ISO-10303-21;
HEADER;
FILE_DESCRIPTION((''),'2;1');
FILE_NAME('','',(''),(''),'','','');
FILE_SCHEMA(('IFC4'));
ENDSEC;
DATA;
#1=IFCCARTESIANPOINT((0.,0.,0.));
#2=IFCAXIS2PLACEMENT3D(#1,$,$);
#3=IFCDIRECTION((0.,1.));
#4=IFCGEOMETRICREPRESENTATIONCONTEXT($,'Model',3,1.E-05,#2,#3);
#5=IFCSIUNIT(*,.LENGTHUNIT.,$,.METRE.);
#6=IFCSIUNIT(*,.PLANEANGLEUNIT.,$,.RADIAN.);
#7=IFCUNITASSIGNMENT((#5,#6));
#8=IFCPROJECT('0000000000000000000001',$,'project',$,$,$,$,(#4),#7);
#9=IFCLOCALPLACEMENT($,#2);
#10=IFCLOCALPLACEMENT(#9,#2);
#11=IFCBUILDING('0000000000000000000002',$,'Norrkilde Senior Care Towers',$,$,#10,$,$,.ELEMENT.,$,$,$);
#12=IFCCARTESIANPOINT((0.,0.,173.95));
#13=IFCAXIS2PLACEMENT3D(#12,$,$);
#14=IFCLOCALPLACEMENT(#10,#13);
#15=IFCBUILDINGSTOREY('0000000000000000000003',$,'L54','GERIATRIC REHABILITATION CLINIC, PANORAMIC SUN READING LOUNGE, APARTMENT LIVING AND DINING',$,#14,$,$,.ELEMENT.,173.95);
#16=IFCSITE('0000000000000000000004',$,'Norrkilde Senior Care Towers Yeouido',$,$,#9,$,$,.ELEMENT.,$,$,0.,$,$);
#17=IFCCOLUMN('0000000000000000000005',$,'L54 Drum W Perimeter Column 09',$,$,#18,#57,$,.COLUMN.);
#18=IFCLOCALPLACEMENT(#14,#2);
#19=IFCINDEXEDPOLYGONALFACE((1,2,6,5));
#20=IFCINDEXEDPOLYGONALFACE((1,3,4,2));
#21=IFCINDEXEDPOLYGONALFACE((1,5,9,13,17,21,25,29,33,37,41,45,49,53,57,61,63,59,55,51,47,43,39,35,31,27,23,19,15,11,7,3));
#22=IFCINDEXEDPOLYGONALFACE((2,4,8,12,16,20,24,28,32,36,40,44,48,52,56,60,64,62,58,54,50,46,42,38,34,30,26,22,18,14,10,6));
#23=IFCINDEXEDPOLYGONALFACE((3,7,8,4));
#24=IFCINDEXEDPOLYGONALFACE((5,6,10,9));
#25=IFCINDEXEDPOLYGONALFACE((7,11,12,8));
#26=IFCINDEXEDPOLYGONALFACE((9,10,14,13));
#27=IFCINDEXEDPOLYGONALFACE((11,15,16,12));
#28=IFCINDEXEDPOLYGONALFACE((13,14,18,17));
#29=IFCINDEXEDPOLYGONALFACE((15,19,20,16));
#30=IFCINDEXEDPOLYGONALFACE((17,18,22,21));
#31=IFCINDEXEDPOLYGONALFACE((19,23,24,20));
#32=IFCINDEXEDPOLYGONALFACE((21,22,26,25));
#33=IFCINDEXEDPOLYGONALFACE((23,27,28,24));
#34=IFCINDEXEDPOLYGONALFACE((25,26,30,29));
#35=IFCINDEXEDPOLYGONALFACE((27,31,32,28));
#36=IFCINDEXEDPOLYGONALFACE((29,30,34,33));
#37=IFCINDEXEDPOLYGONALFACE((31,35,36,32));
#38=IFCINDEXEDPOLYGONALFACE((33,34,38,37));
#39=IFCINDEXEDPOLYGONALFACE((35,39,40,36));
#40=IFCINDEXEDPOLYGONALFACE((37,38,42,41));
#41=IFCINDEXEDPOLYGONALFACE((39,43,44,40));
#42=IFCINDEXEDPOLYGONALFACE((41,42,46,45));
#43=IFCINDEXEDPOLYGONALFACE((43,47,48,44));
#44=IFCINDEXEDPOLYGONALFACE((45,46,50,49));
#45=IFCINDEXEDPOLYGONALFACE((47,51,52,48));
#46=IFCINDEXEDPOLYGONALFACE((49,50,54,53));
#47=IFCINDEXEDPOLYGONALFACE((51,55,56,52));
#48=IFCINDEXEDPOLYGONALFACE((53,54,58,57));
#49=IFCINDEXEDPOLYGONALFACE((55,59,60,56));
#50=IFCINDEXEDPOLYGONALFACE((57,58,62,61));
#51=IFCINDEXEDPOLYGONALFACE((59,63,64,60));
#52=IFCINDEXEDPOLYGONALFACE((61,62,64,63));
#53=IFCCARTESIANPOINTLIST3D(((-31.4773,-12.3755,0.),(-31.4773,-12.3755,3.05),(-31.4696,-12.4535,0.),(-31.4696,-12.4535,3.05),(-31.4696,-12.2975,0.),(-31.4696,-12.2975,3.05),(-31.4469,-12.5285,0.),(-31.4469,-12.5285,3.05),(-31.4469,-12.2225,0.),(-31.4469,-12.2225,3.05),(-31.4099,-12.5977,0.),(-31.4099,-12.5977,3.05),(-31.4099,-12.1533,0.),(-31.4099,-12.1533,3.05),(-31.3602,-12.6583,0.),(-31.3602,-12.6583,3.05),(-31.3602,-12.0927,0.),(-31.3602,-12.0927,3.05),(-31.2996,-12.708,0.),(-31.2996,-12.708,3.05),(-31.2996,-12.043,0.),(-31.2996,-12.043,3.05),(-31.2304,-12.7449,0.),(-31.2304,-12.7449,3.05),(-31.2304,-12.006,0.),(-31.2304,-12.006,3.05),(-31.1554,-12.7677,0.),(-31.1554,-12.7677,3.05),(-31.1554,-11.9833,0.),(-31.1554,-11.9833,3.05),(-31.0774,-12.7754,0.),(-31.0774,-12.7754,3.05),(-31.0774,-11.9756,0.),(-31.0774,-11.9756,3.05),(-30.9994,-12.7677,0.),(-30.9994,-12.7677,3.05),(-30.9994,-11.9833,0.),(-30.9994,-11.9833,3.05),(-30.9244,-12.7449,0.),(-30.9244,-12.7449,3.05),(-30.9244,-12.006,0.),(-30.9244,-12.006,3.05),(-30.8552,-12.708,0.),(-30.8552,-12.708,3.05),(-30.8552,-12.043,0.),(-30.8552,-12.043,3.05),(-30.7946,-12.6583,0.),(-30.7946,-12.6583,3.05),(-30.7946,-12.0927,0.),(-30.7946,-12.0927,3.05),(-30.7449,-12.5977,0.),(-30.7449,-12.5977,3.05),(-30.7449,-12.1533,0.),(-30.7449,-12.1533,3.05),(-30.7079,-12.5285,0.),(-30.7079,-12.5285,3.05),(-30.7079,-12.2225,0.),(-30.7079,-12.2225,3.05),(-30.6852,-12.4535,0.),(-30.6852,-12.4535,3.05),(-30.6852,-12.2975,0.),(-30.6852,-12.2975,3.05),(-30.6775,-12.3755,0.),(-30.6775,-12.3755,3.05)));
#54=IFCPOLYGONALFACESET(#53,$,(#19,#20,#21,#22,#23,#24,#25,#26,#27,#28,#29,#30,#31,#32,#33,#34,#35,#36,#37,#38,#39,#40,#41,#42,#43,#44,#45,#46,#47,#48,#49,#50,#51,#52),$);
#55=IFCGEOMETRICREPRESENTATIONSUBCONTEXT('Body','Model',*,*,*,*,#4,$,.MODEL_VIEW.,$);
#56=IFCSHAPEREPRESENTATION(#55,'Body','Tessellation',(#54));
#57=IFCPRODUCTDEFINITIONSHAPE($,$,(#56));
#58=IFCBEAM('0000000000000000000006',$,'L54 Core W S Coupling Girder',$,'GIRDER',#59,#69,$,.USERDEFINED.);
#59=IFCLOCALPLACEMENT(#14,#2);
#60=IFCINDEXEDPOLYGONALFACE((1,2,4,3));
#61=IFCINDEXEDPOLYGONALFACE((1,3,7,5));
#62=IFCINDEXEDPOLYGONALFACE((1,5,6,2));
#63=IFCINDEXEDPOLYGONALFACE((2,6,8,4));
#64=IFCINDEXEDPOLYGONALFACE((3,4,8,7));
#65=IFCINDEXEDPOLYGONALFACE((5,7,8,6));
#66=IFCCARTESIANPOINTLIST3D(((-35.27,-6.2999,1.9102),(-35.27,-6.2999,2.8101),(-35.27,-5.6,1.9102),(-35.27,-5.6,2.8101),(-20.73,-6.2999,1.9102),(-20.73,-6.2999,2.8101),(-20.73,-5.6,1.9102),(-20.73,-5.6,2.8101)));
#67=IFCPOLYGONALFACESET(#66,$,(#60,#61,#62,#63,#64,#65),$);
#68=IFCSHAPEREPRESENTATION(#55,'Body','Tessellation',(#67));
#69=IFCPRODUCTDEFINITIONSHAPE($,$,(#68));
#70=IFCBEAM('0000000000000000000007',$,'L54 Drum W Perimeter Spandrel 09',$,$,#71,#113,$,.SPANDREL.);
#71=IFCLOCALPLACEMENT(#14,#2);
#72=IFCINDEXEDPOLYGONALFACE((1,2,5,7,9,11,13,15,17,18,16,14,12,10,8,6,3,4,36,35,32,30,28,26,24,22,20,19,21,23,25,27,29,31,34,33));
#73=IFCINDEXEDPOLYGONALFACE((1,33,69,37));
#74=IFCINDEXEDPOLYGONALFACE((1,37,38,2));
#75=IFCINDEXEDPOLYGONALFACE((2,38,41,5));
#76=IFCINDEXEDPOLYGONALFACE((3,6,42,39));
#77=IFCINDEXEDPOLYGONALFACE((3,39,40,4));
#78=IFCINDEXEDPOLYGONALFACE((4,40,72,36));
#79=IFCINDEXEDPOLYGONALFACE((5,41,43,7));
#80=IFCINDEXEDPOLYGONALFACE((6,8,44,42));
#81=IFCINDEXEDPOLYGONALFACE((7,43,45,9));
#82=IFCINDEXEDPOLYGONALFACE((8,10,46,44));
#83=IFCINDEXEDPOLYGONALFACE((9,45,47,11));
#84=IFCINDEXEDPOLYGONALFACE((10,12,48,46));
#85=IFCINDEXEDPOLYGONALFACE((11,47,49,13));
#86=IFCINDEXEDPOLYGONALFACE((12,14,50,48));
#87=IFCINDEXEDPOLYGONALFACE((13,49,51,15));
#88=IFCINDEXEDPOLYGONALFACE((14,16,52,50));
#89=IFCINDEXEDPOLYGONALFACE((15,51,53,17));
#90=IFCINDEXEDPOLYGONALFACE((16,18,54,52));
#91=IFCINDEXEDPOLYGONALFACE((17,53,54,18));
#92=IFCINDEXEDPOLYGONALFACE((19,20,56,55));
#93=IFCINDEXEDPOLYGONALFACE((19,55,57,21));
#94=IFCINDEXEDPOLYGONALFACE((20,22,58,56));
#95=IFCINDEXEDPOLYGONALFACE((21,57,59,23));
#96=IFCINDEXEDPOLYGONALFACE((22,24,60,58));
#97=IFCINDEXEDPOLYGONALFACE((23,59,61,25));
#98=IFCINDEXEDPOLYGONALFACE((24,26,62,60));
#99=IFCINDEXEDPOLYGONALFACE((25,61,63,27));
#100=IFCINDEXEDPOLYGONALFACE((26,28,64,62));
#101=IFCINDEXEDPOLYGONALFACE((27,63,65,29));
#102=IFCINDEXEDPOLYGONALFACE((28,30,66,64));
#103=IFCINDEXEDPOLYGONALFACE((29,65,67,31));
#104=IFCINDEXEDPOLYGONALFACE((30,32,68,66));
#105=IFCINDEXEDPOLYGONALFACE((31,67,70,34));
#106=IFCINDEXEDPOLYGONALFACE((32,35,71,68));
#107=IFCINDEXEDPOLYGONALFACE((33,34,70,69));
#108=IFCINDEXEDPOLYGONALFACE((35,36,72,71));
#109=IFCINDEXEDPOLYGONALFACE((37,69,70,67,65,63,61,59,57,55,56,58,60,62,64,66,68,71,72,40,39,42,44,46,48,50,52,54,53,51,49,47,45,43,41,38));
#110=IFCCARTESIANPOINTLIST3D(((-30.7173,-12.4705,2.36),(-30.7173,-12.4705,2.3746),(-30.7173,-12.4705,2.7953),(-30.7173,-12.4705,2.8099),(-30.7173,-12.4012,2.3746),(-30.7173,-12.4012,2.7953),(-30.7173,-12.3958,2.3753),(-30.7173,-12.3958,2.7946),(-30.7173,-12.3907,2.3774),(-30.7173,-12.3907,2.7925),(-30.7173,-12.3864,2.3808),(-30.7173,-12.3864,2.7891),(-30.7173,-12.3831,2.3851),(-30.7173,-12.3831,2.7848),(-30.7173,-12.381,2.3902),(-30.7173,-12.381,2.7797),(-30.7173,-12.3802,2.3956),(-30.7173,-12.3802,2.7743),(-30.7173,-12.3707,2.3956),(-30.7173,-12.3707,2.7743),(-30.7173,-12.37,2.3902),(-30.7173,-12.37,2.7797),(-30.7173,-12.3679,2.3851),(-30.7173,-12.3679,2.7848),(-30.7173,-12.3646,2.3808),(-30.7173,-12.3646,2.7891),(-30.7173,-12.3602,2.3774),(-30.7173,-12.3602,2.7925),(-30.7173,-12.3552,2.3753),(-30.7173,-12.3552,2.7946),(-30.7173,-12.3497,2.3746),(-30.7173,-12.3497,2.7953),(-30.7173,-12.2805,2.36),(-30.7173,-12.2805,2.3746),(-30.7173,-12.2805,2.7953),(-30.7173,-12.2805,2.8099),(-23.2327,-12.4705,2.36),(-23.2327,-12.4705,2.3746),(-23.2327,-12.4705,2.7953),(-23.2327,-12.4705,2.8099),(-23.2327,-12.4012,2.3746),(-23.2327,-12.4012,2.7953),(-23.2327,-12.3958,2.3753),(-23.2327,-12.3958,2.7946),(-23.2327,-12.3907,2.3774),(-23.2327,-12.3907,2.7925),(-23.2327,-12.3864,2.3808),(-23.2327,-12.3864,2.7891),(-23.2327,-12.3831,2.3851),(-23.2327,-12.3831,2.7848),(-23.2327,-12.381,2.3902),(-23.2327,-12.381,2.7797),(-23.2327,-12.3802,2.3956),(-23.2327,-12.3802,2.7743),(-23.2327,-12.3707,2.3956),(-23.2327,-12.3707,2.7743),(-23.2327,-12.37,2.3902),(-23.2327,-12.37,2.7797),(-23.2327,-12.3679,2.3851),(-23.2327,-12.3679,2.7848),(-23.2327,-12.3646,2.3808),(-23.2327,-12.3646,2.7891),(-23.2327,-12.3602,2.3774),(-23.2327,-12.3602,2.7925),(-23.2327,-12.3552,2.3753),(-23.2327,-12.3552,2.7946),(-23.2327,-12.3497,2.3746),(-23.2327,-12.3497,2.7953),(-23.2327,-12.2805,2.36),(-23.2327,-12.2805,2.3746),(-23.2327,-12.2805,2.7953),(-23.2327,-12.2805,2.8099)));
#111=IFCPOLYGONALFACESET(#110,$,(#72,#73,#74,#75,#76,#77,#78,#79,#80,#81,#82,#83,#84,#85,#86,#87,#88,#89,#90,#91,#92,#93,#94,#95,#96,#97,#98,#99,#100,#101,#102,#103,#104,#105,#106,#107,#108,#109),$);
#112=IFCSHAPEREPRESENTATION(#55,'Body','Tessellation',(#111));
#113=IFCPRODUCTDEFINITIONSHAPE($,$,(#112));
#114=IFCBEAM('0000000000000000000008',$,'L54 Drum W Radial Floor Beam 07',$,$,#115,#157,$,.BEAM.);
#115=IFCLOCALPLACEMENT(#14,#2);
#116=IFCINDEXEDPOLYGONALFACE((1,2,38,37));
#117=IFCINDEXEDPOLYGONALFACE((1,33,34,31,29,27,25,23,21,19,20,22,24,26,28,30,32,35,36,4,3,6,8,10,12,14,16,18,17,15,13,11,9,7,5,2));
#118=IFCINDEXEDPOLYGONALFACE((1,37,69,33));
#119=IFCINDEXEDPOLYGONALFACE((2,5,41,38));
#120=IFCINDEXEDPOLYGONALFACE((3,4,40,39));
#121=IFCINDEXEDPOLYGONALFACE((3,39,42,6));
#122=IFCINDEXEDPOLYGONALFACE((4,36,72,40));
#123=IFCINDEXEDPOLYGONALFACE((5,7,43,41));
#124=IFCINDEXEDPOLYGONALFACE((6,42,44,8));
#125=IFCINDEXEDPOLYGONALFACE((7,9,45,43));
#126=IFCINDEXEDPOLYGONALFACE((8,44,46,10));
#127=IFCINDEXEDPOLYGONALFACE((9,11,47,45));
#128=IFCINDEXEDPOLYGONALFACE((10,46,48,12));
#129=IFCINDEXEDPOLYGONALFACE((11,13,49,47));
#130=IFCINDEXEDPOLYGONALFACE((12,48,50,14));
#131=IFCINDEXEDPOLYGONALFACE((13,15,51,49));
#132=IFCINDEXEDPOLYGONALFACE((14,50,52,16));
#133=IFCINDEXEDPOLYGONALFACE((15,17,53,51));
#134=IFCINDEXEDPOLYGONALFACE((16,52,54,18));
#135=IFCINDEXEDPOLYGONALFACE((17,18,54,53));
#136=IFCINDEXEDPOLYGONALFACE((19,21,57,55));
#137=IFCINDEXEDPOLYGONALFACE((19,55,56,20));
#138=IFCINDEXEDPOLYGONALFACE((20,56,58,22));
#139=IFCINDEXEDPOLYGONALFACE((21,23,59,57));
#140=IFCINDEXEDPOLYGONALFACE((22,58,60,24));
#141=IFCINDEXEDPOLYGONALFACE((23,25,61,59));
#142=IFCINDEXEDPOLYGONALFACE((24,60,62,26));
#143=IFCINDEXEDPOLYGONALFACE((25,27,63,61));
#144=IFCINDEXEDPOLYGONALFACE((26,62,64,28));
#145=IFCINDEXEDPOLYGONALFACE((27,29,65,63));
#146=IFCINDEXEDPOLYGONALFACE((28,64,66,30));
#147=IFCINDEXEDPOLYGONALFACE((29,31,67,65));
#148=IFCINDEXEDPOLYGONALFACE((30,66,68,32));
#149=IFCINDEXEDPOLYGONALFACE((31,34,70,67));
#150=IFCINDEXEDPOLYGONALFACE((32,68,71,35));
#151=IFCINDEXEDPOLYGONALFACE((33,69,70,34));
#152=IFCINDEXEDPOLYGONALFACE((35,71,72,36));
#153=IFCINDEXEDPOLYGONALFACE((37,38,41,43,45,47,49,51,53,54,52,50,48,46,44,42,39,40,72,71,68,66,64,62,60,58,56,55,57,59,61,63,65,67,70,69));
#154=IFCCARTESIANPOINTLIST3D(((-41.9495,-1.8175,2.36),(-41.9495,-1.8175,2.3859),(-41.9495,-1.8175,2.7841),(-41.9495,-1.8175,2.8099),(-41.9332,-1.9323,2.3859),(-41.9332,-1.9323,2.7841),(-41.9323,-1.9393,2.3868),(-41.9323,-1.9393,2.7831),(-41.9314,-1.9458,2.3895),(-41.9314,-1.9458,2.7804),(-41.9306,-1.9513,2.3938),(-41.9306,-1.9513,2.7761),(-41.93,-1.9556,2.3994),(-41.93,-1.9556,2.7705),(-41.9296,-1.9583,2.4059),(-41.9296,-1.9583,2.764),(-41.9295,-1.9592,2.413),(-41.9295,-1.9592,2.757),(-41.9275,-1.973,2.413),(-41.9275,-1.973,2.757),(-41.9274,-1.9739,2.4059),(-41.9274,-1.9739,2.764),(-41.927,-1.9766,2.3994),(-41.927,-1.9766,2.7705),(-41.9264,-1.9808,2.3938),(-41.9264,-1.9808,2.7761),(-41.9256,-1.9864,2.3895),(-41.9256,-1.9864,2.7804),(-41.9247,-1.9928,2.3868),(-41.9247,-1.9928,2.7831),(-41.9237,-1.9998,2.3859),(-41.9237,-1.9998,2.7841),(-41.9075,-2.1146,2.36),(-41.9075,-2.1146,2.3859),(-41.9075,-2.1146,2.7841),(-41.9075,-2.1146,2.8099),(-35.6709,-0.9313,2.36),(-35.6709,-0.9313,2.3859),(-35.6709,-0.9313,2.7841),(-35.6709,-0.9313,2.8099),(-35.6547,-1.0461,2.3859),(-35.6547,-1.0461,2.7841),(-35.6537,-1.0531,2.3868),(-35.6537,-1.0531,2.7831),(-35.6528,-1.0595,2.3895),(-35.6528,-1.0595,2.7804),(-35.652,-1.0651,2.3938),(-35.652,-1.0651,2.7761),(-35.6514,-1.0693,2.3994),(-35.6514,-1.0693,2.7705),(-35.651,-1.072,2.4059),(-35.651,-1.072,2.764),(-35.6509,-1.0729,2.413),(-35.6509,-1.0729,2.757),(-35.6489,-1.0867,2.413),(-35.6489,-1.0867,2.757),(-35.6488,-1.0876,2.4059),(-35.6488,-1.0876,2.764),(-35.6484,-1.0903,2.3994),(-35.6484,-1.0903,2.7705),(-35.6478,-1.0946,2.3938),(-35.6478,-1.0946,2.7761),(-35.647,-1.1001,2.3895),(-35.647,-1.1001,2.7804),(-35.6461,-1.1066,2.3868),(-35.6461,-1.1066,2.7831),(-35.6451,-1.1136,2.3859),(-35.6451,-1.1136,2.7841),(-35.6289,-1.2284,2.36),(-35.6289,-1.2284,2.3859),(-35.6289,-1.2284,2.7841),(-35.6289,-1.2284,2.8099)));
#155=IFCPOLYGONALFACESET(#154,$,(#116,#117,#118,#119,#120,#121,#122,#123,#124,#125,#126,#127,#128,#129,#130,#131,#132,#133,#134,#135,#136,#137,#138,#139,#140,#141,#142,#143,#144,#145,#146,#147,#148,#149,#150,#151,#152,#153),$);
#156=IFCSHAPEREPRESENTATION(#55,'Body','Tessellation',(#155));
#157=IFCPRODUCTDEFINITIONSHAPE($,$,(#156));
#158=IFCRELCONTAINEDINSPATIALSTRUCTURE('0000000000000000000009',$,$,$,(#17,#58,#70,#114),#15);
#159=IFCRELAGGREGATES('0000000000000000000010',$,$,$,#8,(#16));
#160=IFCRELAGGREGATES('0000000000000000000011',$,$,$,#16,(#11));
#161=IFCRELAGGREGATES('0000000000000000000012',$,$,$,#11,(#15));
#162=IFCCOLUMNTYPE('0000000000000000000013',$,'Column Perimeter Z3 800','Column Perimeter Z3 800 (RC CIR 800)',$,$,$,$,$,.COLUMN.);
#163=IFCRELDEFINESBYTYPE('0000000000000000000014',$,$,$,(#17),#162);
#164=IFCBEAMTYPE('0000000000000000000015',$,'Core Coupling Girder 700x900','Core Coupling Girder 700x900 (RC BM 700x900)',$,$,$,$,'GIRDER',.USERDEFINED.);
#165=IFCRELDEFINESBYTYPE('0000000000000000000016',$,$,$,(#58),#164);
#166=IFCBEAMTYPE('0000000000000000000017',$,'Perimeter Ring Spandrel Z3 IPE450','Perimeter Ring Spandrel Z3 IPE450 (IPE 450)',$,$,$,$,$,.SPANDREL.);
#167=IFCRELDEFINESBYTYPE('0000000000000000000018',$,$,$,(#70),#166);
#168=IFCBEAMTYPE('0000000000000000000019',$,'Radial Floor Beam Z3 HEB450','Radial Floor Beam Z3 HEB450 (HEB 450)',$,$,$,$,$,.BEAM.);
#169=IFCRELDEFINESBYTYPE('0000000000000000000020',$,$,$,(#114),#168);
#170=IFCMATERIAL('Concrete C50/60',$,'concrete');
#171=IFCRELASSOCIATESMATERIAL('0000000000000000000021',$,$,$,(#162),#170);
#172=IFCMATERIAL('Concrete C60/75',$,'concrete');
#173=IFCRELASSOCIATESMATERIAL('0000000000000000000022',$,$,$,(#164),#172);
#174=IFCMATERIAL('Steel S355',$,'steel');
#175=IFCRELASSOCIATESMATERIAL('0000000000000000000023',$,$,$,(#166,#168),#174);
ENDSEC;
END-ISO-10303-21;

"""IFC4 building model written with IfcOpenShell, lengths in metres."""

from ifc_helpers import new_model, si_unit, direction, frame, origin, origin_2d, place, context, subcontext, project, spatial, rectangle, circle, i_section, extrude, source, transform, mapped, material, material_profile, profile_set, type_object, type_shapes, element, save


model = new_model("IFC4")

# Units and contexts
model_context = context("Model", 3, precision=1e-05, world=origin(), true_north=direction((0.0, 1.0)))
body_context = subcontext(model_context, "Body", "Model", "MODEL_VIEW")
ifc_project = project(units=[si_unit("LENGTHUNIT", "METRE"), si_unit("PLANEANGLEUNIT", "RADIAN")], contexts=[model_context])

# Site, building, storey
site_placement = place(None, origin())
site = spatial("IfcSite", under=ifc_project, at=site_placement, Name="Norrkilde Senior Care Towers Yeouido", CompositionType="ELEMENT", RefElevation=0.0)
building_placement = place(site_placement, origin())
building = spatial("IfcBuilding", under=site, at=building_placement, Name="Norrkilde Senior Care Towers", CompositionType="ELEMENT")
storey_placement = place(building_placement, frame((0.0, 0.0, 173.95)))
storey = spatial("IfcBuildingStorey", under=building, at=storey_placement, Name="L54", Description="GERIATRIC REHABILITATION CLINIC, PANORAMIC SUN READING LOUNGE, APARTMENT LIVING AND DINING", CompositionType="ELEMENT", Elevation=173.95)

# Column
ifc_material_1 = material(Name="Concrete C50/60", Category="concrete")
ifc_material_profile_1 = material_profile(ifc_material_1, circle(Radius=0.3999, at=origin_2d()), Name="RC CIR 800")
ifc_profile_set_1 = profile_set([ifc_material_profile_1], Name="Concrete C50/60")
column_type = type_object("IfcColumnType", Name="Column Perimeter Z3 800", Description="Column Perimeter Z3 800 (RC CIR 800)", PredefinedType="COLUMN", material=ifc_profile_set_1)
shared_shape_1 = source(origin(), body_context, "Body", "SweptSolid", [
    extrude(circle(Radius=0.3999, at=origin_2d()), origin(), (0.0, 0.0, 1.0), 3.05),
])
type_shapes(column_type, [shared_shape_1])
column_placement = place(storey_placement, frame((-31.0774, -12.3755, 0.0), z_axis=(0.0, 0.0, 1.0), x_axis=(1.0, 0.0, 0.0)))
element("IfcColumn", 1, at=column_placement, inside=storey, type_object=column_type, Name="L54 Drum W Perimeter Column 09", PredefinedType="COLUMN", context=body_context, shape_type="MappedRepresentation", body=[
    mapped(shared_shape_1, transform((0.0, 0.0, 0.0), x_axis=(1.0, 0.0, 0.0), y_axis=(0.0, 1.0, 0.0), z_axis=(0.0, 0.0, 1.0), scale=1.0)),
])

# Beams
ifc_material_2 = material(Name="Concrete C60/75", Category="concrete")
ifc_material_profile_2 = material_profile(ifc_material_2, rectangle(XDim=0.7, YDim=0.8999, at=origin_2d()), Name="RC BM 700x900")
ifc_profile_set_2 = profile_set([ifc_material_profile_2], Name="Concrete C60/75")
beam_type_1 = type_object("IfcBeamType", Name="Core Coupling Girder 700x900", Description="Core Coupling Girder 700x900 (RC BM 700x900)", ElementType="GIRDER", PredefinedType="USERDEFINED", material=ifc_profile_set_2)
shared_shape_2 = source(origin(), body_context, "Body", "SweptSolid", [
    extrude(rectangle(XDim=0.7, YDim=0.8999, at=origin_2d()), origin(), (0.0, 0.0, 1.0), 14.54),
])
type_shapes(beam_type_1, [shared_shape_2])
beam_1_placement = place(storey_placement, frame((-35.27, -5.95, 2.3601), z_axis=(1.0, 0.0, 0.0), x_axis=(0.0, 1.0, 0.0)))
element("IfcBeam", 2, at=beam_1_placement, inside=storey, type_object=beam_type_1, Name="L54 Core W S Coupling Girder", ObjectType="GIRDER", PredefinedType="USERDEFINED", context=body_context, shape_type="MappedRepresentation", body=[
    mapped(shared_shape_2, transform((0.0, 0.0, 0.0), x_axis=(1.0, 0.0, 0.0), y_axis=(0.0, 1.0, 0.0), z_axis=(0.0, 0.0, 1.0), scale=1.0)),
])
ifc_material_3 = material(Name="Steel S355", Category="steel")
ifc_material_profile_3 = material_profile(ifc_material_3, i_section(OverallWidth=0.1899, OverallDepth=0.45, WebThickness=0.0095, FlangeThickness=0.0146, FilletRadius=0.021, at=origin_2d()), Name="IPE 450")
ifc_profile_set_3 = profile_set([ifc_material_profile_3], Name="Steel S355")
beam_type_2 = type_object("IfcBeamType", Name="Perimeter Ring Spandrel Z3 IPE450", Description="Perimeter Ring Spandrel Z3 IPE450 (IPE 450)", PredefinedType="SPANDREL", material=ifc_profile_set_3)
shared_shape_3 = source(origin(), body_context, "Body", "SweptSolid", [
    extrude(i_section(OverallWidth=0.1899, OverallDepth=0.45, WebThickness=0.0095, FlangeThickness=0.0146, FilletRadius=0.021, at=origin_2d()), origin(), (0.0, 0.0, 1.0), 7.4846),
])
type_shapes(beam_type_2, [shared_shape_3])
beam_2_placement = place(storey_placement, frame((-30.7173, -12.3755, 2.585), z_axis=(1.0, 0.0, 0.0), x_axis=(0.0, 1.0, 0.0)))
element("IfcBeam", 3, at=beam_2_placement, inside=storey, type_object=beam_type_2, Name="L54 Drum W Perimeter Spandrel 09", PredefinedType="SPANDREL", context=body_context, shape_type="MappedRepresentation", body=[
    mapped(shared_shape_3, transform((0.0, 0.0, 0.0), x_axis=(1.0, 0.0, 0.0), y_axis=(0.0, 1.0, 0.0), z_axis=(0.0, 0.0, 1.0), scale=1.0)),
])
ifc_material_profile_4 = material_profile(ifc_material_3, i_section(OverallWidth=0.3, OverallDepth=0.45, WebThickness=0.0139, FlangeThickness=0.0259, FilletRadius=0.0271, at=origin_2d()), Name="HEB 450")
ifc_profile_set_4 = profile_set([ifc_material_profile_4], Name="Steel S355")
beam_type_3 = type_object("IfcBeamType", Name="Radial Floor Beam Z3 HEB450", Description="Radial Floor Beam Z3 HEB450 (HEB 450)", PredefinedType="BEAM", material=ifc_profile_set_4)
shared_shape_4 = source(origin(), body_context, "Body", "SweptSolid", [
    extrude(i_section(OverallWidth=0.3, OverallDepth=0.45, WebThickness=0.0139, FlangeThickness=0.0259, FilletRadius=0.0271, at=origin_2d()), origin(), (0.0, 0.0, 1.0), 6.3408),
])
beam_3_placement = place(storey_placement, frame((-35.6499, -1.0798, 2.585), z_axis=(-0.990185, -0.139766, 0.0), x_axis=(0.139766, -0.990185, 0.0)))
element("IfcBeam", 4, at=beam_3_placement, inside=storey, type_object=beam_type_3, Name="L54 Drum W Radial Floor Beam 07", PredefinedType="BEAM", context=body_context, shape_type="MappedRepresentation", body=[
    mapped(shared_shape_4, transform((0.0, 0.0, 0.0), x_axis=(1.0, 0.0, 0.0), y_axis=(0.0, 1.0, 0.0), z_axis=(0.0, 0.0, 1.0), scale=1.0)),
])

save(model, "model.ifc")
